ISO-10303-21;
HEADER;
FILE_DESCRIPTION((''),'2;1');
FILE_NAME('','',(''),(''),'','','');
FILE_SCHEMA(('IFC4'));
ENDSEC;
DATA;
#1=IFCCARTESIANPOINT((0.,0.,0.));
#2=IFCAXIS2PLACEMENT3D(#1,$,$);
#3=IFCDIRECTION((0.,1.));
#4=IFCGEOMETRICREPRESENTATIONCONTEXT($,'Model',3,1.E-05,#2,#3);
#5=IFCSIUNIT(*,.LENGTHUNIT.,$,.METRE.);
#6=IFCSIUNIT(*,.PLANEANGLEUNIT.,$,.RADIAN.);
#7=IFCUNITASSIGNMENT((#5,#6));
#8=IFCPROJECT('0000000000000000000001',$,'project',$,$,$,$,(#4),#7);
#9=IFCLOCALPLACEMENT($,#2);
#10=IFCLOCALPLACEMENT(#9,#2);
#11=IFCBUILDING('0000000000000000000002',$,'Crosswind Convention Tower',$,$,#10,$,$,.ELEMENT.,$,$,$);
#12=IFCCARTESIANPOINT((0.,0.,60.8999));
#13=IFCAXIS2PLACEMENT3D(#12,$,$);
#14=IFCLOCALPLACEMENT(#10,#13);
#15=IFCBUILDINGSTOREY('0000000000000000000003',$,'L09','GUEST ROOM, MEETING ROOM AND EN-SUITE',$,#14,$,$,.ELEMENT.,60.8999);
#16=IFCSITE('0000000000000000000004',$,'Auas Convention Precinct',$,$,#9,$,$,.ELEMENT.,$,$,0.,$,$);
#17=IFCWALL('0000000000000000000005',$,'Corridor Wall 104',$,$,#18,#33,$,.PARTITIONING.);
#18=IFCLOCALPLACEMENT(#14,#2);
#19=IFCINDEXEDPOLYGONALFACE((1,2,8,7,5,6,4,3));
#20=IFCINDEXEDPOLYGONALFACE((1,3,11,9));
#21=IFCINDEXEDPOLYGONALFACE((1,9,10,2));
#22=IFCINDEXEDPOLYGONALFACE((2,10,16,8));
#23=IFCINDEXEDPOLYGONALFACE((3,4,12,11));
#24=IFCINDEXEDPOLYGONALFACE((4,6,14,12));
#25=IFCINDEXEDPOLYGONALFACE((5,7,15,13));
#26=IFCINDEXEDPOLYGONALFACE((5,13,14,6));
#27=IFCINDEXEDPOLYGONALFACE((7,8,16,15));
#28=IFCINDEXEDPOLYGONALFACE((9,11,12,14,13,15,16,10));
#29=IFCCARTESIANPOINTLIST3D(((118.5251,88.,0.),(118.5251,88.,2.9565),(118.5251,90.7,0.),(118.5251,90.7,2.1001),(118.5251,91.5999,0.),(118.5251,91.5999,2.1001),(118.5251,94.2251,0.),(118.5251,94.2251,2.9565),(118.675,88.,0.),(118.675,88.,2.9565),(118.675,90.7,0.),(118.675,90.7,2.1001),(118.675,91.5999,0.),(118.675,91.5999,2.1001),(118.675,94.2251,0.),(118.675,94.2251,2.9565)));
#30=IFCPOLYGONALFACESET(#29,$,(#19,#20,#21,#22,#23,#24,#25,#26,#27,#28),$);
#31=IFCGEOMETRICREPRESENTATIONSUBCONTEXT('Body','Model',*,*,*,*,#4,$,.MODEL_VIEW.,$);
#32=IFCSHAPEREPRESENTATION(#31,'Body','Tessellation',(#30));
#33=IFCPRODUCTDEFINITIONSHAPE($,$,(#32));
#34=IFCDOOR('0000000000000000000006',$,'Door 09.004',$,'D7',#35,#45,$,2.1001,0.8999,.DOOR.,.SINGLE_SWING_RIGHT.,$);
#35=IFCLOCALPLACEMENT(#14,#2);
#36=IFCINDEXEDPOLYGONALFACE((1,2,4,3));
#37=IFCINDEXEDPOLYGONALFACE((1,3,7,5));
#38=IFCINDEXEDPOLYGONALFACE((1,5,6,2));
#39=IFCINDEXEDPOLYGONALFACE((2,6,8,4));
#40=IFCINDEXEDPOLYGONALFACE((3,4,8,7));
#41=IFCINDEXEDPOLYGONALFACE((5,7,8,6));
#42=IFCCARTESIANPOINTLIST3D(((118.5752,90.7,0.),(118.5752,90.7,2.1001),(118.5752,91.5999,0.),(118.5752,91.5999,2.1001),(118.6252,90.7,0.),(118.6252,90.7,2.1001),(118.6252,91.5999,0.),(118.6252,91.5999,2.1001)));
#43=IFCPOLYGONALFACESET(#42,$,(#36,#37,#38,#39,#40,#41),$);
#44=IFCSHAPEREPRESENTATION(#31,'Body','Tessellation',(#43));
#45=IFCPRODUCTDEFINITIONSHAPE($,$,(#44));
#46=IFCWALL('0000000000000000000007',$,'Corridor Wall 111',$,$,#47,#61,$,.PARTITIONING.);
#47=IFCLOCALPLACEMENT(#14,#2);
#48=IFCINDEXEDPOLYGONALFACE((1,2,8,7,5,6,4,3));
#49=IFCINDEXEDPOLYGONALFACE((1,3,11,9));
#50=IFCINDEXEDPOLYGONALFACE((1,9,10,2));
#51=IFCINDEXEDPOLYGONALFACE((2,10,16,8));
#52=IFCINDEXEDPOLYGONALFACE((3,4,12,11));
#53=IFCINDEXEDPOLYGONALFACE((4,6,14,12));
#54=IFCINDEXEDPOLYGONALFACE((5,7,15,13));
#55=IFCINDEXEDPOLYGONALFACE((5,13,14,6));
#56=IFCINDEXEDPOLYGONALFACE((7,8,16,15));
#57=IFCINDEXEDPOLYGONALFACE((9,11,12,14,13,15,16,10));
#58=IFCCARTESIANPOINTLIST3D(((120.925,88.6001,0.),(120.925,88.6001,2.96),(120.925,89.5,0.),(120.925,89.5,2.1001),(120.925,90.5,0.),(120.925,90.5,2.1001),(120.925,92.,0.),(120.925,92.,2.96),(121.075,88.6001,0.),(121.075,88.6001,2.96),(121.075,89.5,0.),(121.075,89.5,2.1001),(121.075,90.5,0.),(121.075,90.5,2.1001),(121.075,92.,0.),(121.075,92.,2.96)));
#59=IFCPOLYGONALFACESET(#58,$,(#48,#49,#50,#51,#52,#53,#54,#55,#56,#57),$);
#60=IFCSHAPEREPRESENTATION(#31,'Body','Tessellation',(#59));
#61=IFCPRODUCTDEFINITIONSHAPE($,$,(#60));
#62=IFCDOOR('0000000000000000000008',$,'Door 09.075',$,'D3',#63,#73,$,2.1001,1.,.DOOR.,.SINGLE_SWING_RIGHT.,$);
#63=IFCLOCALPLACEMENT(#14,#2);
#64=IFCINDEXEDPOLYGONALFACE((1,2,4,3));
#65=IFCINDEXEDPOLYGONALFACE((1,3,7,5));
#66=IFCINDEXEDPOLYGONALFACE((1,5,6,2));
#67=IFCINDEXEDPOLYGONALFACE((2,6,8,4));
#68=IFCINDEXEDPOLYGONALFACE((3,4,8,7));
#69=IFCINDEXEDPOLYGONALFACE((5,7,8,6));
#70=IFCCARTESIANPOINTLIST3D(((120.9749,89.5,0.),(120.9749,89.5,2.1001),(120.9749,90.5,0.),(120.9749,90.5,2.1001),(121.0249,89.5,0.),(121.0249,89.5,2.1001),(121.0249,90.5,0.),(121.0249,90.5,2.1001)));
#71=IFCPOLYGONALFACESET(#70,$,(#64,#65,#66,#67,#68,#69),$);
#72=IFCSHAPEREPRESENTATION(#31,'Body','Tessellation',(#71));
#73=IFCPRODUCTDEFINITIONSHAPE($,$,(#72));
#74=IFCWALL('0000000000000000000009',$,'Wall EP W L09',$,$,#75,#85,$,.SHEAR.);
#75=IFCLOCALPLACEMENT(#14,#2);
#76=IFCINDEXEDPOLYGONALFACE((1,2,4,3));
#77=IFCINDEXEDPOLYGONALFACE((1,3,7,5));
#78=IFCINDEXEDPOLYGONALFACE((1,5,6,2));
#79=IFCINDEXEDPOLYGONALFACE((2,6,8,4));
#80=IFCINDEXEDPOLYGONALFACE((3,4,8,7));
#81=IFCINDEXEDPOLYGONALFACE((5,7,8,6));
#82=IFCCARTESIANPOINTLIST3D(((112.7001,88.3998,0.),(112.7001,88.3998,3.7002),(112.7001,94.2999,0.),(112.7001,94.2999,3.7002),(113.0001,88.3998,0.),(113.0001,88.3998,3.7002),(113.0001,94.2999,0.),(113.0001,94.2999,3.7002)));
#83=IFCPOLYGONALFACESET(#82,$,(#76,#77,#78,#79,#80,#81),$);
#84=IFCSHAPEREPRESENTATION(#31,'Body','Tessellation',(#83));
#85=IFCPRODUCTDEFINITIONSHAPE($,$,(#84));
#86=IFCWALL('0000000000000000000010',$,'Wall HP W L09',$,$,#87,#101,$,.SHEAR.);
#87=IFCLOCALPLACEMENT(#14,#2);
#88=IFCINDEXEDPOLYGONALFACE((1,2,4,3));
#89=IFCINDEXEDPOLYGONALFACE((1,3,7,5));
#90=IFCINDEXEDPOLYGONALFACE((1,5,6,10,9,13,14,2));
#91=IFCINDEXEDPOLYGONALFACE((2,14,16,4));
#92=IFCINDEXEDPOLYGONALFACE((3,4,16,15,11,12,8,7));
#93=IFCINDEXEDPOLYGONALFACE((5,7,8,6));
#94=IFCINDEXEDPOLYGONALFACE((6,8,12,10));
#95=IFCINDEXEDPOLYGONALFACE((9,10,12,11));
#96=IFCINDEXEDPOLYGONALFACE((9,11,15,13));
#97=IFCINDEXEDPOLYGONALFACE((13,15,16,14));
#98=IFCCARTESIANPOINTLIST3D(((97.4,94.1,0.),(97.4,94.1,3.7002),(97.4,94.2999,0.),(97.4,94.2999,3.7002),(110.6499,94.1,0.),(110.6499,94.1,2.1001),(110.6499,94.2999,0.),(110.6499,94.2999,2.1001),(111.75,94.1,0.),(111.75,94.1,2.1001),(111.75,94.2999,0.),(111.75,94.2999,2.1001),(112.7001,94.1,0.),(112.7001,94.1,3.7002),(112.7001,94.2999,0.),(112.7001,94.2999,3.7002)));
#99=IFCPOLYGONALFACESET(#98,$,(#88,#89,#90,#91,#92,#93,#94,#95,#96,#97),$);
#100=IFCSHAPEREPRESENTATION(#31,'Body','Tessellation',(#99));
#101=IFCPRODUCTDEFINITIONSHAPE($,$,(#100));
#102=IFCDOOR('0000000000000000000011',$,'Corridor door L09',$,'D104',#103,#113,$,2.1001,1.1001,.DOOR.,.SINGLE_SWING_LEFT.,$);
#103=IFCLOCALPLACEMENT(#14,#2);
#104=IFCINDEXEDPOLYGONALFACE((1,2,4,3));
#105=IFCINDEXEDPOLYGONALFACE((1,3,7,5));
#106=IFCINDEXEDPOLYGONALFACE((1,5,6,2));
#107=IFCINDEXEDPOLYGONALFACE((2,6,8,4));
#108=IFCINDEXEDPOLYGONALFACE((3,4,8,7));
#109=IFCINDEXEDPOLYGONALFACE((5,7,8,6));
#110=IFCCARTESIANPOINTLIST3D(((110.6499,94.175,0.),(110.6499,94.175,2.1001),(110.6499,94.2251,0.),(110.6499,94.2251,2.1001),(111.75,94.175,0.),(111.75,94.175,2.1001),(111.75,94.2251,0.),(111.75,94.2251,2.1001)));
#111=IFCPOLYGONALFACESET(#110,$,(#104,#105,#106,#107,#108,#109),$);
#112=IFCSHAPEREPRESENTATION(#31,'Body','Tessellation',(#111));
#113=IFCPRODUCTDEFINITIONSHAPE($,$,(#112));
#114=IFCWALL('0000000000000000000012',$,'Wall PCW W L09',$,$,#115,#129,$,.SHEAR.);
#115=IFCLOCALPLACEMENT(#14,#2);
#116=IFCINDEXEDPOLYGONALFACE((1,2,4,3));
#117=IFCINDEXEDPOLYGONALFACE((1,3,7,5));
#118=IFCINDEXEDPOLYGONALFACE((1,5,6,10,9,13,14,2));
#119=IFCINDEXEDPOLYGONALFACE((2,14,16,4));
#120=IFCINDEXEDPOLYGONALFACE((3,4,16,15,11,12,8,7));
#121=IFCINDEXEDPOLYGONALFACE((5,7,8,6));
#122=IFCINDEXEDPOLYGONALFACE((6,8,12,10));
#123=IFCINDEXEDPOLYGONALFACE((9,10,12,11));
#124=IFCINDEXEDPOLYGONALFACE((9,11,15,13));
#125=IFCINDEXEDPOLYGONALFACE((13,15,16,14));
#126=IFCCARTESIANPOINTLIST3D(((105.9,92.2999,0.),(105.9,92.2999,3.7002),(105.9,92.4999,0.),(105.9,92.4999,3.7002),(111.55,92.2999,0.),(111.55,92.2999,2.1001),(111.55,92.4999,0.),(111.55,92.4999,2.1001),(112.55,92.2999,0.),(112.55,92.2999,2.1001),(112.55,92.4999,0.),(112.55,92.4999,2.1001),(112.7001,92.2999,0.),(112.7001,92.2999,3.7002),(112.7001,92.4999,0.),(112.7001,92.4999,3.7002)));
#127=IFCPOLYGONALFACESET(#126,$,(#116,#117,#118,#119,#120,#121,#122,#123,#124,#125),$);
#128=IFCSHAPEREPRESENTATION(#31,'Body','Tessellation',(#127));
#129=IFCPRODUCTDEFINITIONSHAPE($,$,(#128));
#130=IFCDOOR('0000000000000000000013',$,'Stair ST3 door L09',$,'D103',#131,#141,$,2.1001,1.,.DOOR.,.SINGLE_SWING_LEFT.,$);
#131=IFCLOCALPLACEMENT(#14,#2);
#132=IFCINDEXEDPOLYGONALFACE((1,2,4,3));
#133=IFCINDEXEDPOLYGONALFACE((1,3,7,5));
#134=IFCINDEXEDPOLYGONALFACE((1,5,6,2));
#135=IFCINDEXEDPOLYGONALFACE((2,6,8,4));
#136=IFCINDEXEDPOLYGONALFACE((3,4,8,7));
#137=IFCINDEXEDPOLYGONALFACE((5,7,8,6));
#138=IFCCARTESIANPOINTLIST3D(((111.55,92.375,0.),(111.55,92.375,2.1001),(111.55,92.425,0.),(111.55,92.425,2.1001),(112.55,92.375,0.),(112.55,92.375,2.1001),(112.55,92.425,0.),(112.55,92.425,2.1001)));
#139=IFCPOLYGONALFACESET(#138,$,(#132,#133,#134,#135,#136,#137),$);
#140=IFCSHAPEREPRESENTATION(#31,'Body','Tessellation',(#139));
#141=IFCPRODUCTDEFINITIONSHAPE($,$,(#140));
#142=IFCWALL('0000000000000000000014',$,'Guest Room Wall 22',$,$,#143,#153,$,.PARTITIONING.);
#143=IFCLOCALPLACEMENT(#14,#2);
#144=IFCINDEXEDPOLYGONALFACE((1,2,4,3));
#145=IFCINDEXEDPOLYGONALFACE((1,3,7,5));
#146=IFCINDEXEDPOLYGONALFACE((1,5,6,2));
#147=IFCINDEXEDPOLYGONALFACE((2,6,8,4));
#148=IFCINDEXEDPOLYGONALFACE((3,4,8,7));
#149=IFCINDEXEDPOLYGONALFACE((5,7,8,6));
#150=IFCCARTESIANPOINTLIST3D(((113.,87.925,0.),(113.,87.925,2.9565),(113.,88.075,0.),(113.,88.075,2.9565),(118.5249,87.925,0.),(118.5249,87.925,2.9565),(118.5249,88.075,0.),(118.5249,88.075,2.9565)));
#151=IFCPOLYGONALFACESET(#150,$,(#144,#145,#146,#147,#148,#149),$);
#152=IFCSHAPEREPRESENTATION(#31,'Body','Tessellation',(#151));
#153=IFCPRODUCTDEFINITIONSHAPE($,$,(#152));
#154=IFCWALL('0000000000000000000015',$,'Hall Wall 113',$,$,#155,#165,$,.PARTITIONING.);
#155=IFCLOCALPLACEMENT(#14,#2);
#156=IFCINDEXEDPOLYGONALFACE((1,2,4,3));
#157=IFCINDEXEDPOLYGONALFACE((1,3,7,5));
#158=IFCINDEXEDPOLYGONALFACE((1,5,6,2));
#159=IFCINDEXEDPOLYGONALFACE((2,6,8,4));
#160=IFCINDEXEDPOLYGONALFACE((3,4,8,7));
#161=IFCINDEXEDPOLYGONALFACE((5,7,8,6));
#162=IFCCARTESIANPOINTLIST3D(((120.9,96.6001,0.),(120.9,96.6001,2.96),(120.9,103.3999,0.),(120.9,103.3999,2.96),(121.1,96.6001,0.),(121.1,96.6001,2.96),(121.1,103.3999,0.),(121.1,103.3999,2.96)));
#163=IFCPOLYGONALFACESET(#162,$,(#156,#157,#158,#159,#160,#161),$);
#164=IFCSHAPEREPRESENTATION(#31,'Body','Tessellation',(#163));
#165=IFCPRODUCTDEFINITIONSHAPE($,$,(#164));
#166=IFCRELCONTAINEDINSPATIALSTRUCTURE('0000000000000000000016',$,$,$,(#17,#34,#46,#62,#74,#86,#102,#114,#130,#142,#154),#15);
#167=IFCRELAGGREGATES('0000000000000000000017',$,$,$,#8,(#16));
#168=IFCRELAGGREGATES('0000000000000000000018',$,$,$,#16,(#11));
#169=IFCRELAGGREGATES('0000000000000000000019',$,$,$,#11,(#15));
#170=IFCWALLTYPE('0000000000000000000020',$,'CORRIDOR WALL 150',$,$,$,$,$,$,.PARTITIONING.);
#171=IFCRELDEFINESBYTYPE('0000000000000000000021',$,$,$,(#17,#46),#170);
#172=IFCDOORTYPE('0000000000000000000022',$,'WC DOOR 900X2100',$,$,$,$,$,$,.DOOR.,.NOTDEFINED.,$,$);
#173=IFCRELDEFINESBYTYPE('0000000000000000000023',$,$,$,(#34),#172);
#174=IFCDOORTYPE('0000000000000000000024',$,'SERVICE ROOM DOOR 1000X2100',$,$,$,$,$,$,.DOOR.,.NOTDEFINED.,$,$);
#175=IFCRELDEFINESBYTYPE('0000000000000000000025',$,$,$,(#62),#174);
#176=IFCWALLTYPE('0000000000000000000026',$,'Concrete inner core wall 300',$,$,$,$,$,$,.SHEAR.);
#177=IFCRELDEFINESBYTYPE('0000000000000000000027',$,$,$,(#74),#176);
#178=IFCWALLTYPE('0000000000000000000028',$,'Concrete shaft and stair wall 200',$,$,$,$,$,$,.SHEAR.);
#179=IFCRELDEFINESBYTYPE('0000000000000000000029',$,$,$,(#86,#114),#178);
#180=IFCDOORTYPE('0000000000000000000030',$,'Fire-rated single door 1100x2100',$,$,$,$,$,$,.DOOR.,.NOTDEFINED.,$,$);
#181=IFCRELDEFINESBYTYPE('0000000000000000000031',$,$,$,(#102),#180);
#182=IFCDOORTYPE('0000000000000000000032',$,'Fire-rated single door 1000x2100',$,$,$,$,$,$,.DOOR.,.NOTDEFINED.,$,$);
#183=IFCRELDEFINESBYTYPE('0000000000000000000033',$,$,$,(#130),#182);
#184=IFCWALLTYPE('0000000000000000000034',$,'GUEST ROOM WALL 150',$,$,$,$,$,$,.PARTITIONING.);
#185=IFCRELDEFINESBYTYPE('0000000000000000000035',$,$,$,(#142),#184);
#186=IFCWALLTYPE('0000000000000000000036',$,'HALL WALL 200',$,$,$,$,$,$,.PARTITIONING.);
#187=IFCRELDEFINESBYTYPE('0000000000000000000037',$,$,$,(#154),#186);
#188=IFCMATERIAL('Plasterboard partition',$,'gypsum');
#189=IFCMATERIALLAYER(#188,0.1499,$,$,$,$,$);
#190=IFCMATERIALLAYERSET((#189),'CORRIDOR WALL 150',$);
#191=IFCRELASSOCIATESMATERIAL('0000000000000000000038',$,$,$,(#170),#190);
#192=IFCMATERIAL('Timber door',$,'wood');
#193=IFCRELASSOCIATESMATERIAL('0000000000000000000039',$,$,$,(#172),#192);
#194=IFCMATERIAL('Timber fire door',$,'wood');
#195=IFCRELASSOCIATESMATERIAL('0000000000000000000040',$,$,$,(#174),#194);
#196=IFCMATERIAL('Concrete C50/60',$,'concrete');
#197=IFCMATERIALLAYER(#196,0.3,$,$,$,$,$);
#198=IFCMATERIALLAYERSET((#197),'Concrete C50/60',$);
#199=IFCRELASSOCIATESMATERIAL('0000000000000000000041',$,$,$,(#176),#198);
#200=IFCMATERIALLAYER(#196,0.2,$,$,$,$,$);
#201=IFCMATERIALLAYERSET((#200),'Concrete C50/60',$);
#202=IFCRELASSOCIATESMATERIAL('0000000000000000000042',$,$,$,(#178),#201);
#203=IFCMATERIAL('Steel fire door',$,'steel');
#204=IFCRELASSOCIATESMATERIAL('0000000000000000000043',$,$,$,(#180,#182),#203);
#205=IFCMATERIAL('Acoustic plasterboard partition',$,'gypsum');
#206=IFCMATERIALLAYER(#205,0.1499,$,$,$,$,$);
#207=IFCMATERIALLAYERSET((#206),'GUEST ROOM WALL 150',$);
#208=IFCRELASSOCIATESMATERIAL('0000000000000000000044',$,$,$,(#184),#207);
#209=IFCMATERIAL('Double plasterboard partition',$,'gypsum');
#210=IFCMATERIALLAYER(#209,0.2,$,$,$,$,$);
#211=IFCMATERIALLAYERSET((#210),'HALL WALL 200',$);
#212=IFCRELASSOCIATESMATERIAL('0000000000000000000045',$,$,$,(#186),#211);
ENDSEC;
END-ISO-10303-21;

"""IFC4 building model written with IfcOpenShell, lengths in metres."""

from ifc_helpers import new_model, si_unit, direction, frame, frame_2d, origin, place, context, subcontext, project, spatial, rectangle, extrude, material, layer, layer_set, type_object, element, fill, save


model = new_model("IFC4")

# Units and contexts
model_context = context("Model", 3, precision=1e-05, world=origin(), true_north=direction((0.0, 1.0)))
body_context = subcontext(model_context, "Body", "Model", "MODEL_VIEW")
ifc_project = project(units=[si_unit("LENGTHUNIT", "METRE"), si_unit("PLANEANGLEUNIT", "RADIAN")], contexts=[model_context])

# Site, building, storey
site_placement = place(None, origin())
site = spatial("IfcSite", under=ifc_project, at=site_placement, Name="Auas Convention Precinct", CompositionType="ELEMENT", RefElevation=0.0)
building_placement = place(site_placement, origin())
building = spatial("IfcBuilding", under=site, at=building_placement, Name="Crosswind Convention Tower", CompositionType="ELEMENT")
storey_placement = place(building_placement, frame((0.0, 0.0, 60.8999)))
storey = spatial("IfcBuildingStorey", under=building, at=storey_placement, Name="L09", Description="GUEST ROOM, MEETING ROOM AND EN-SUITE", CompositionType="ELEMENT", Elevation=60.8999)

# Shared definitions
ifc_material_1 = material(Name="Steel fire door", Category="steel")

# Shared definitions
ifc_material_2 = material(Name="Plasterboard partition", Category="gypsum")
ifc_layer_1 = layer(ifc_material_2, 0.1499)
ifc_layer_set_1 = layer_set([ifc_layer_1], Name="CORRIDOR WALL 150")
wall_type_1 = type_object("IfcWallType", Name="CORRIDOR WALL 150", PredefinedType="PARTITIONING", material=ifc_layer_set_1)

# Walls, openings, doors
wall_1_placement = place(storey_placement, frame((118.6001, 88.0, 0.0), z_axis=(0.0, 0.0, 1.0), x_axis=(0.0, 1.0, 0.0)))
wall_1 = element("IfcWall", 1, at=wall_1_placement, inside=storey, type_object=wall_type_1, Name="Corridor Wall 104", PredefinedType="PARTITIONING", context=body_context, shape_type="SweptSolid", body=[
    extrude(rectangle(XDim=6.2251, YDim=0.1499, at=frame_2d((3.1125, 0.0))), origin(), (0.0, 0.0, 1.0), 2.9565),
])
opening_1_placement = place(wall_1_placement, frame((2.7, 0.0, 0.0)))
opening_1 = element("IfcOpeningElement", 2, at=opening_1_placement, cuts=wall_1, PredefinedType="OPENING", context=body_context, shape_type="SweptSolid", body=[
    extrude(rectangle(XDim=0.8999, YDim=2.1001, at=frame_2d((0.45, 1.05))), frame((0.0, 0.085, 0.0), z_axis=(0.0, -1.0, 0.0), x_axis=(1.0, 0.0, 0.0)), (0.0, 0.0, 1.0), 0.1699),
])
ifc_material_3 = material(Name="Timber door", Category="wood")
door_type_1 = type_object("IfcDoorType", Name="WC DOOR 900X2100", OperationType="NOTDEFINED", PredefinedType="DOOR", material=ifc_material_3)
door_1_placement = place(opening_1_placement, origin())
door_1 = element("IfcDoor", 3, at=door_1_placement, inside=storey, type_object=door_type_1, Name="Door 09.004", ObjectType="D7", OperationType="SINGLE_SWING_RIGHT", OverallHeight=2.1001, OverallWidth=0.8999, PredefinedType="DOOR", context=body_context, shape_type="SweptSolid", body=[
    extrude(rectangle(XDim=0.8999, YDim=2.1001, at=frame_2d((0.45, 1.05))), frame((0.0, 0.0249, 0.0), z_axis=(0.0, -1.0, 0.0), x_axis=(1.0, 0.0, 0.0)), (0.0, 0.0, 1.0), 0.05),
])
fill(opening_1, door_1)
wall_2_placement = place(storey_placement, frame((121.0, 88.6001, 0.0), z_axis=(0.0, 0.0, 1.0), x_axis=(0.0, 1.0, 0.0)))
wall_2 = element("IfcWall", 4, at=wall_2_placement, inside=storey, type_object=wall_type_1, Name="Corridor Wall 111", PredefinedType="PARTITIONING", context=body_context, shape_type="SweptSolid", body=[
    extrude(rectangle(XDim=3.3999, YDim=0.1499, at=frame_2d((1.7, 0.0))), origin(), (0.0, 0.0, 1.0), 2.96),
])
opening_2_placement = place(wall_2_placement, frame((0.8999, 0.0, 0.0)))
opening_2 = element("IfcOpeningElement", 5, at=opening_2_placement, cuts=wall_2, PredefinedType="OPENING", context=body_context, shape_type="SweptSolid", body=[
    extrude(rectangle(XDim=1.0, YDim=2.1001, at=frame_2d((0.5, 1.05))), frame((0.0, 0.085, 0.0), z_axis=(0.0, -1.0, 0.0), x_axis=(1.0, 0.0, 0.0)), (0.0, 0.0, 1.0), 0.1699),
])
ifc_material_4 = material(Name="Timber fire door", Category="wood")
door_type_2 = type_object("IfcDoorType", Name="SERVICE ROOM DOOR 1000X2100", OperationType="NOTDEFINED", PredefinedType="DOOR", material=ifc_material_4)
door_2_placement = place(opening_2_placement, frame((1.0, 0.0, 0.0), z_axis=(0.0, 0.0, 1.0), x_axis=(-1.0, 0.0, 0.0)))
door_2 = element("IfcDoor", 6, at=door_2_placement, inside=storey, type_object=door_type_2, Name="Door 09.075", ObjectType="D3", OperationType="SINGLE_SWING_RIGHT", OverallHeight=2.1001, OverallWidth=1.0, PredefinedType="DOOR", context=body_context, shape_type="SweptSolid", body=[
    extrude(rectangle(XDim=1.0, YDim=2.1001, at=frame_2d((0.5, 1.05))), frame((0.0, 0.0249, 0.0), z_axis=(0.0, -1.0, 0.0), x_axis=(1.0, 0.0, 0.0)), (0.0, 0.0, 1.0), 0.05),
])
fill(opening_2, door_2)

# Wall
ifc_material_5 = material(Name="Concrete C50/60", Category="concrete")
ifc_layer_2 = layer(ifc_material_5, 0.3)
ifc_layer_set_2 = layer_set([ifc_layer_2], Name="Concrete C50/60")
wall_type_2 = type_object("IfcWallType", Name="Concrete inner core wall 300", PredefinedType="SHEAR", material=ifc_layer_set_2)
wall_3_placement = place(storey_placement, frame((112.8501, 94.3, 0.0), z_axis=(0.0, 0.0, 1.0), x_axis=(0.0, -1.0, 0.0)))
element("IfcWall", 7, at=wall_3_placement, inside=storey, type_object=wall_type_2, Name="Wall EP W L09", PredefinedType="SHEAR", context=body_context, shape_type="SweptSolid", body=[
    extrude(rectangle(XDim=5.9001, YDim=0.3, at=frame_2d((2.9502, 0.0))), origin(), (0.0, 0.0, 1.0), 3.7002),
])

# Walls, openings, doors
ifc_layer_3 = layer(ifc_material_5, 0.2)
ifc_layer_set_3 = layer_set([ifc_layer_3], Name="Concrete C50/60")
wall_type_3 = type_object("IfcWallType", Name="Concrete shaft and stair wall 200", PredefinedType="SHEAR", material=ifc_layer_set_3)
wall_4_placement = place(storey_placement, frame((112.7, 94.2, 0.0), z_axis=(0.0, 0.0, 1.0), x_axis=(-1.0, 0.0, 0.0)))
wall_4 = element("IfcWall", 8, at=wall_4_placement, inside=storey, type_object=wall_type_3, Name="Wall HP W L09", PredefinedType="SHEAR", context=body_context, shape_type="SweptSolid", body=[
    extrude(rectangle(XDim=15.3, YDim=0.2, at=frame_2d((7.6499, 0.0))), origin(), (0.0, 0.0, 1.0), 3.7002),
])
opening_3_placement = place(wall_4_placement, frame((0.95, 0.0, 0.0)))
opening_3 = element("IfcOpeningElement", 9, at=opening_3_placement, cuts=wall_4, PredefinedType="OPENING", context=body_context, shape_type="SweptSolid", body=[
    extrude(rectangle(XDim=1.1001, YDim=2.1001, at=frame_2d((0.55, 1.05))), frame((0.0, 0.1099, 0.0), z_axis=(0.0, -1.0, 0.0), x_axis=(1.0, 0.0, 0.0)), (0.0, 0.0, 1.0), 0.22),
])
door_type_3 = type_object("IfcDoorType", Name="Fire-rated single door 1100x2100", OperationType="NOTDEFINED", PredefinedType="DOOR", material=ifc_material_1)
door_3_placement = place(opening_3_placement, origin())
door_3 = element("IfcDoor", 10, at=door_3_placement, inside=storey, type_object=door_type_3, Name="Corridor door L09", ObjectType="D104", OperationType="SINGLE_SWING_LEFT", OverallHeight=2.1001, OverallWidth=1.1001, PredefinedType="DOOR", context=body_context, shape_type="SweptSolid", body=[
    extrude(rectangle(XDim=1.1001, YDim=2.1001, at=frame_2d((0.55, 1.05))), frame((0.0, 0.0249, 0.0), z_axis=(0.0, -1.0, 0.0), x_axis=(1.0, 0.0, 0.0)), (0.0, 0.0, 1.0), 0.05),
])
fill(opening_3, door_3)
wall_5_placement = place(storey_placement, frame((112.7, 92.3999, 0.0), z_axis=(0.0, 0.0, 1.0), x_axis=(-1.0, 0.0, 0.0)))
wall_5 = element("IfcWall", 11, at=wall_5_placement, inside=storey, type_object=wall_type_3, Name="Wall PCW W L09", PredefinedType="SHEAR", context=body_context, shape_type="SweptSolid", body=[
    extrude(rectangle(XDim=6.8, YDim=0.2, at=frame_2d((3.3999, 0.0))), origin(), (0.0, 0.0, 1.0), 3.7002),
])
opening_4_placement = place(wall_5_placement, frame((0.1499, 0.0, 0.0)))
opening_4 = element("IfcOpeningElement", 12, at=opening_4_placement, cuts=wall_5, PredefinedType="OPENING", context=body_context, shape_type="SweptSolid", body=[
    extrude(rectangle(XDim=1.0, YDim=2.1001, at=frame_2d((0.5, 1.05))), frame((0.0, 0.1099, 0.0), z_axis=(0.0, -1.0, 0.0), x_axis=(1.0, 0.0, 0.0)), (0.0, 0.0, 1.0), 0.22),
])
door_type_4 = type_object("IfcDoorType", Name="Fire-rated single door 1000x2100", OperationType="NOTDEFINED", PredefinedType="DOOR", material=ifc_material_1)
door_4_placement = place(opening_4_placement, origin())
door_4 = element("IfcDoor", 13, at=door_4_placement, inside=storey, type_object=door_type_4, Name="Stair ST3 door L09", ObjectType="D103", OperationType="SINGLE_SWING_LEFT", OverallHeight=2.1001, OverallWidth=1.0, PredefinedType="DOOR", context=body_context, shape_type="SweptSolid", body=[
    extrude(rectangle(XDim=1.0, YDim=2.1001, at=frame_2d((0.5, 1.05))), frame((0.0, 0.0249, 0.0), z_axis=(0.0, -1.0, 0.0), x_axis=(1.0, 0.0, 0.0)), (0.0, 0.0, 1.0), 0.05),
])
fill(opening_4, door_4)

# Walls
ifc_material_6 = material(Name="Acoustic plasterboard partition", Category="gypsum")
ifc_layer_4 = layer(ifc_material_6, 0.1499)
ifc_layer_set_4 = layer_set([ifc_layer_4], Name="GUEST ROOM WALL 150")
wall_type_4 = type_object("IfcWallType", Name="GUEST ROOM WALL 150", PredefinedType="PARTITIONING", material=ifc_layer_set_4)
wall_6_placement = place(storey_placement, frame((113.0, 88.0, 0.0), z_axis=(0.0, 0.0, 1.0), x_axis=(1.0, 0.0, 0.0)))
element("IfcWall", 14, at=wall_6_placement, inside=storey, type_object=wall_type_4, Name="Guest Room Wall 22", PredefinedType="PARTITIONING", context=body_context, shape_type="SweptSolid", body=[
    extrude(rectangle(XDim=5.5249, YDim=0.1499, at=frame_2d((2.7625, 0.0))), origin(), (0.0, 0.0, 1.0), 2.9565),
])
ifc_material_7 = material(Name="Double plasterboard partition", Category="gypsum")
ifc_layer_5 = layer(ifc_material_7, 0.2)
ifc_layer_set_5 = layer_set([ifc_layer_5], Name="HALL WALL 200")
wall_type_5 = type_object("IfcWallType", Name="HALL WALL 200", PredefinedType="PARTITIONING", material=ifc_layer_set_5)
wall_7_placement = place(storey_placement, frame((121.0, 96.6001, 0.0), z_axis=(0.0, 0.0, 1.0), x_axis=(0.0, 1.0, 0.0)))
element("IfcWall", 15, at=wall_7_placement, inside=storey, type_object=wall_type_5, Name="Hall Wall 113", PredefinedType="PARTITIONING", context=body_context, shape_type="SweptSolid", body=[
    extrude(rectangle(XDim=6.7998, YDim=0.2, at=frame_2d((3.3999, 0.0))), origin(), (0.0, 0.0, 1.0), 2.96),
])

save(model, "model.ifc")
